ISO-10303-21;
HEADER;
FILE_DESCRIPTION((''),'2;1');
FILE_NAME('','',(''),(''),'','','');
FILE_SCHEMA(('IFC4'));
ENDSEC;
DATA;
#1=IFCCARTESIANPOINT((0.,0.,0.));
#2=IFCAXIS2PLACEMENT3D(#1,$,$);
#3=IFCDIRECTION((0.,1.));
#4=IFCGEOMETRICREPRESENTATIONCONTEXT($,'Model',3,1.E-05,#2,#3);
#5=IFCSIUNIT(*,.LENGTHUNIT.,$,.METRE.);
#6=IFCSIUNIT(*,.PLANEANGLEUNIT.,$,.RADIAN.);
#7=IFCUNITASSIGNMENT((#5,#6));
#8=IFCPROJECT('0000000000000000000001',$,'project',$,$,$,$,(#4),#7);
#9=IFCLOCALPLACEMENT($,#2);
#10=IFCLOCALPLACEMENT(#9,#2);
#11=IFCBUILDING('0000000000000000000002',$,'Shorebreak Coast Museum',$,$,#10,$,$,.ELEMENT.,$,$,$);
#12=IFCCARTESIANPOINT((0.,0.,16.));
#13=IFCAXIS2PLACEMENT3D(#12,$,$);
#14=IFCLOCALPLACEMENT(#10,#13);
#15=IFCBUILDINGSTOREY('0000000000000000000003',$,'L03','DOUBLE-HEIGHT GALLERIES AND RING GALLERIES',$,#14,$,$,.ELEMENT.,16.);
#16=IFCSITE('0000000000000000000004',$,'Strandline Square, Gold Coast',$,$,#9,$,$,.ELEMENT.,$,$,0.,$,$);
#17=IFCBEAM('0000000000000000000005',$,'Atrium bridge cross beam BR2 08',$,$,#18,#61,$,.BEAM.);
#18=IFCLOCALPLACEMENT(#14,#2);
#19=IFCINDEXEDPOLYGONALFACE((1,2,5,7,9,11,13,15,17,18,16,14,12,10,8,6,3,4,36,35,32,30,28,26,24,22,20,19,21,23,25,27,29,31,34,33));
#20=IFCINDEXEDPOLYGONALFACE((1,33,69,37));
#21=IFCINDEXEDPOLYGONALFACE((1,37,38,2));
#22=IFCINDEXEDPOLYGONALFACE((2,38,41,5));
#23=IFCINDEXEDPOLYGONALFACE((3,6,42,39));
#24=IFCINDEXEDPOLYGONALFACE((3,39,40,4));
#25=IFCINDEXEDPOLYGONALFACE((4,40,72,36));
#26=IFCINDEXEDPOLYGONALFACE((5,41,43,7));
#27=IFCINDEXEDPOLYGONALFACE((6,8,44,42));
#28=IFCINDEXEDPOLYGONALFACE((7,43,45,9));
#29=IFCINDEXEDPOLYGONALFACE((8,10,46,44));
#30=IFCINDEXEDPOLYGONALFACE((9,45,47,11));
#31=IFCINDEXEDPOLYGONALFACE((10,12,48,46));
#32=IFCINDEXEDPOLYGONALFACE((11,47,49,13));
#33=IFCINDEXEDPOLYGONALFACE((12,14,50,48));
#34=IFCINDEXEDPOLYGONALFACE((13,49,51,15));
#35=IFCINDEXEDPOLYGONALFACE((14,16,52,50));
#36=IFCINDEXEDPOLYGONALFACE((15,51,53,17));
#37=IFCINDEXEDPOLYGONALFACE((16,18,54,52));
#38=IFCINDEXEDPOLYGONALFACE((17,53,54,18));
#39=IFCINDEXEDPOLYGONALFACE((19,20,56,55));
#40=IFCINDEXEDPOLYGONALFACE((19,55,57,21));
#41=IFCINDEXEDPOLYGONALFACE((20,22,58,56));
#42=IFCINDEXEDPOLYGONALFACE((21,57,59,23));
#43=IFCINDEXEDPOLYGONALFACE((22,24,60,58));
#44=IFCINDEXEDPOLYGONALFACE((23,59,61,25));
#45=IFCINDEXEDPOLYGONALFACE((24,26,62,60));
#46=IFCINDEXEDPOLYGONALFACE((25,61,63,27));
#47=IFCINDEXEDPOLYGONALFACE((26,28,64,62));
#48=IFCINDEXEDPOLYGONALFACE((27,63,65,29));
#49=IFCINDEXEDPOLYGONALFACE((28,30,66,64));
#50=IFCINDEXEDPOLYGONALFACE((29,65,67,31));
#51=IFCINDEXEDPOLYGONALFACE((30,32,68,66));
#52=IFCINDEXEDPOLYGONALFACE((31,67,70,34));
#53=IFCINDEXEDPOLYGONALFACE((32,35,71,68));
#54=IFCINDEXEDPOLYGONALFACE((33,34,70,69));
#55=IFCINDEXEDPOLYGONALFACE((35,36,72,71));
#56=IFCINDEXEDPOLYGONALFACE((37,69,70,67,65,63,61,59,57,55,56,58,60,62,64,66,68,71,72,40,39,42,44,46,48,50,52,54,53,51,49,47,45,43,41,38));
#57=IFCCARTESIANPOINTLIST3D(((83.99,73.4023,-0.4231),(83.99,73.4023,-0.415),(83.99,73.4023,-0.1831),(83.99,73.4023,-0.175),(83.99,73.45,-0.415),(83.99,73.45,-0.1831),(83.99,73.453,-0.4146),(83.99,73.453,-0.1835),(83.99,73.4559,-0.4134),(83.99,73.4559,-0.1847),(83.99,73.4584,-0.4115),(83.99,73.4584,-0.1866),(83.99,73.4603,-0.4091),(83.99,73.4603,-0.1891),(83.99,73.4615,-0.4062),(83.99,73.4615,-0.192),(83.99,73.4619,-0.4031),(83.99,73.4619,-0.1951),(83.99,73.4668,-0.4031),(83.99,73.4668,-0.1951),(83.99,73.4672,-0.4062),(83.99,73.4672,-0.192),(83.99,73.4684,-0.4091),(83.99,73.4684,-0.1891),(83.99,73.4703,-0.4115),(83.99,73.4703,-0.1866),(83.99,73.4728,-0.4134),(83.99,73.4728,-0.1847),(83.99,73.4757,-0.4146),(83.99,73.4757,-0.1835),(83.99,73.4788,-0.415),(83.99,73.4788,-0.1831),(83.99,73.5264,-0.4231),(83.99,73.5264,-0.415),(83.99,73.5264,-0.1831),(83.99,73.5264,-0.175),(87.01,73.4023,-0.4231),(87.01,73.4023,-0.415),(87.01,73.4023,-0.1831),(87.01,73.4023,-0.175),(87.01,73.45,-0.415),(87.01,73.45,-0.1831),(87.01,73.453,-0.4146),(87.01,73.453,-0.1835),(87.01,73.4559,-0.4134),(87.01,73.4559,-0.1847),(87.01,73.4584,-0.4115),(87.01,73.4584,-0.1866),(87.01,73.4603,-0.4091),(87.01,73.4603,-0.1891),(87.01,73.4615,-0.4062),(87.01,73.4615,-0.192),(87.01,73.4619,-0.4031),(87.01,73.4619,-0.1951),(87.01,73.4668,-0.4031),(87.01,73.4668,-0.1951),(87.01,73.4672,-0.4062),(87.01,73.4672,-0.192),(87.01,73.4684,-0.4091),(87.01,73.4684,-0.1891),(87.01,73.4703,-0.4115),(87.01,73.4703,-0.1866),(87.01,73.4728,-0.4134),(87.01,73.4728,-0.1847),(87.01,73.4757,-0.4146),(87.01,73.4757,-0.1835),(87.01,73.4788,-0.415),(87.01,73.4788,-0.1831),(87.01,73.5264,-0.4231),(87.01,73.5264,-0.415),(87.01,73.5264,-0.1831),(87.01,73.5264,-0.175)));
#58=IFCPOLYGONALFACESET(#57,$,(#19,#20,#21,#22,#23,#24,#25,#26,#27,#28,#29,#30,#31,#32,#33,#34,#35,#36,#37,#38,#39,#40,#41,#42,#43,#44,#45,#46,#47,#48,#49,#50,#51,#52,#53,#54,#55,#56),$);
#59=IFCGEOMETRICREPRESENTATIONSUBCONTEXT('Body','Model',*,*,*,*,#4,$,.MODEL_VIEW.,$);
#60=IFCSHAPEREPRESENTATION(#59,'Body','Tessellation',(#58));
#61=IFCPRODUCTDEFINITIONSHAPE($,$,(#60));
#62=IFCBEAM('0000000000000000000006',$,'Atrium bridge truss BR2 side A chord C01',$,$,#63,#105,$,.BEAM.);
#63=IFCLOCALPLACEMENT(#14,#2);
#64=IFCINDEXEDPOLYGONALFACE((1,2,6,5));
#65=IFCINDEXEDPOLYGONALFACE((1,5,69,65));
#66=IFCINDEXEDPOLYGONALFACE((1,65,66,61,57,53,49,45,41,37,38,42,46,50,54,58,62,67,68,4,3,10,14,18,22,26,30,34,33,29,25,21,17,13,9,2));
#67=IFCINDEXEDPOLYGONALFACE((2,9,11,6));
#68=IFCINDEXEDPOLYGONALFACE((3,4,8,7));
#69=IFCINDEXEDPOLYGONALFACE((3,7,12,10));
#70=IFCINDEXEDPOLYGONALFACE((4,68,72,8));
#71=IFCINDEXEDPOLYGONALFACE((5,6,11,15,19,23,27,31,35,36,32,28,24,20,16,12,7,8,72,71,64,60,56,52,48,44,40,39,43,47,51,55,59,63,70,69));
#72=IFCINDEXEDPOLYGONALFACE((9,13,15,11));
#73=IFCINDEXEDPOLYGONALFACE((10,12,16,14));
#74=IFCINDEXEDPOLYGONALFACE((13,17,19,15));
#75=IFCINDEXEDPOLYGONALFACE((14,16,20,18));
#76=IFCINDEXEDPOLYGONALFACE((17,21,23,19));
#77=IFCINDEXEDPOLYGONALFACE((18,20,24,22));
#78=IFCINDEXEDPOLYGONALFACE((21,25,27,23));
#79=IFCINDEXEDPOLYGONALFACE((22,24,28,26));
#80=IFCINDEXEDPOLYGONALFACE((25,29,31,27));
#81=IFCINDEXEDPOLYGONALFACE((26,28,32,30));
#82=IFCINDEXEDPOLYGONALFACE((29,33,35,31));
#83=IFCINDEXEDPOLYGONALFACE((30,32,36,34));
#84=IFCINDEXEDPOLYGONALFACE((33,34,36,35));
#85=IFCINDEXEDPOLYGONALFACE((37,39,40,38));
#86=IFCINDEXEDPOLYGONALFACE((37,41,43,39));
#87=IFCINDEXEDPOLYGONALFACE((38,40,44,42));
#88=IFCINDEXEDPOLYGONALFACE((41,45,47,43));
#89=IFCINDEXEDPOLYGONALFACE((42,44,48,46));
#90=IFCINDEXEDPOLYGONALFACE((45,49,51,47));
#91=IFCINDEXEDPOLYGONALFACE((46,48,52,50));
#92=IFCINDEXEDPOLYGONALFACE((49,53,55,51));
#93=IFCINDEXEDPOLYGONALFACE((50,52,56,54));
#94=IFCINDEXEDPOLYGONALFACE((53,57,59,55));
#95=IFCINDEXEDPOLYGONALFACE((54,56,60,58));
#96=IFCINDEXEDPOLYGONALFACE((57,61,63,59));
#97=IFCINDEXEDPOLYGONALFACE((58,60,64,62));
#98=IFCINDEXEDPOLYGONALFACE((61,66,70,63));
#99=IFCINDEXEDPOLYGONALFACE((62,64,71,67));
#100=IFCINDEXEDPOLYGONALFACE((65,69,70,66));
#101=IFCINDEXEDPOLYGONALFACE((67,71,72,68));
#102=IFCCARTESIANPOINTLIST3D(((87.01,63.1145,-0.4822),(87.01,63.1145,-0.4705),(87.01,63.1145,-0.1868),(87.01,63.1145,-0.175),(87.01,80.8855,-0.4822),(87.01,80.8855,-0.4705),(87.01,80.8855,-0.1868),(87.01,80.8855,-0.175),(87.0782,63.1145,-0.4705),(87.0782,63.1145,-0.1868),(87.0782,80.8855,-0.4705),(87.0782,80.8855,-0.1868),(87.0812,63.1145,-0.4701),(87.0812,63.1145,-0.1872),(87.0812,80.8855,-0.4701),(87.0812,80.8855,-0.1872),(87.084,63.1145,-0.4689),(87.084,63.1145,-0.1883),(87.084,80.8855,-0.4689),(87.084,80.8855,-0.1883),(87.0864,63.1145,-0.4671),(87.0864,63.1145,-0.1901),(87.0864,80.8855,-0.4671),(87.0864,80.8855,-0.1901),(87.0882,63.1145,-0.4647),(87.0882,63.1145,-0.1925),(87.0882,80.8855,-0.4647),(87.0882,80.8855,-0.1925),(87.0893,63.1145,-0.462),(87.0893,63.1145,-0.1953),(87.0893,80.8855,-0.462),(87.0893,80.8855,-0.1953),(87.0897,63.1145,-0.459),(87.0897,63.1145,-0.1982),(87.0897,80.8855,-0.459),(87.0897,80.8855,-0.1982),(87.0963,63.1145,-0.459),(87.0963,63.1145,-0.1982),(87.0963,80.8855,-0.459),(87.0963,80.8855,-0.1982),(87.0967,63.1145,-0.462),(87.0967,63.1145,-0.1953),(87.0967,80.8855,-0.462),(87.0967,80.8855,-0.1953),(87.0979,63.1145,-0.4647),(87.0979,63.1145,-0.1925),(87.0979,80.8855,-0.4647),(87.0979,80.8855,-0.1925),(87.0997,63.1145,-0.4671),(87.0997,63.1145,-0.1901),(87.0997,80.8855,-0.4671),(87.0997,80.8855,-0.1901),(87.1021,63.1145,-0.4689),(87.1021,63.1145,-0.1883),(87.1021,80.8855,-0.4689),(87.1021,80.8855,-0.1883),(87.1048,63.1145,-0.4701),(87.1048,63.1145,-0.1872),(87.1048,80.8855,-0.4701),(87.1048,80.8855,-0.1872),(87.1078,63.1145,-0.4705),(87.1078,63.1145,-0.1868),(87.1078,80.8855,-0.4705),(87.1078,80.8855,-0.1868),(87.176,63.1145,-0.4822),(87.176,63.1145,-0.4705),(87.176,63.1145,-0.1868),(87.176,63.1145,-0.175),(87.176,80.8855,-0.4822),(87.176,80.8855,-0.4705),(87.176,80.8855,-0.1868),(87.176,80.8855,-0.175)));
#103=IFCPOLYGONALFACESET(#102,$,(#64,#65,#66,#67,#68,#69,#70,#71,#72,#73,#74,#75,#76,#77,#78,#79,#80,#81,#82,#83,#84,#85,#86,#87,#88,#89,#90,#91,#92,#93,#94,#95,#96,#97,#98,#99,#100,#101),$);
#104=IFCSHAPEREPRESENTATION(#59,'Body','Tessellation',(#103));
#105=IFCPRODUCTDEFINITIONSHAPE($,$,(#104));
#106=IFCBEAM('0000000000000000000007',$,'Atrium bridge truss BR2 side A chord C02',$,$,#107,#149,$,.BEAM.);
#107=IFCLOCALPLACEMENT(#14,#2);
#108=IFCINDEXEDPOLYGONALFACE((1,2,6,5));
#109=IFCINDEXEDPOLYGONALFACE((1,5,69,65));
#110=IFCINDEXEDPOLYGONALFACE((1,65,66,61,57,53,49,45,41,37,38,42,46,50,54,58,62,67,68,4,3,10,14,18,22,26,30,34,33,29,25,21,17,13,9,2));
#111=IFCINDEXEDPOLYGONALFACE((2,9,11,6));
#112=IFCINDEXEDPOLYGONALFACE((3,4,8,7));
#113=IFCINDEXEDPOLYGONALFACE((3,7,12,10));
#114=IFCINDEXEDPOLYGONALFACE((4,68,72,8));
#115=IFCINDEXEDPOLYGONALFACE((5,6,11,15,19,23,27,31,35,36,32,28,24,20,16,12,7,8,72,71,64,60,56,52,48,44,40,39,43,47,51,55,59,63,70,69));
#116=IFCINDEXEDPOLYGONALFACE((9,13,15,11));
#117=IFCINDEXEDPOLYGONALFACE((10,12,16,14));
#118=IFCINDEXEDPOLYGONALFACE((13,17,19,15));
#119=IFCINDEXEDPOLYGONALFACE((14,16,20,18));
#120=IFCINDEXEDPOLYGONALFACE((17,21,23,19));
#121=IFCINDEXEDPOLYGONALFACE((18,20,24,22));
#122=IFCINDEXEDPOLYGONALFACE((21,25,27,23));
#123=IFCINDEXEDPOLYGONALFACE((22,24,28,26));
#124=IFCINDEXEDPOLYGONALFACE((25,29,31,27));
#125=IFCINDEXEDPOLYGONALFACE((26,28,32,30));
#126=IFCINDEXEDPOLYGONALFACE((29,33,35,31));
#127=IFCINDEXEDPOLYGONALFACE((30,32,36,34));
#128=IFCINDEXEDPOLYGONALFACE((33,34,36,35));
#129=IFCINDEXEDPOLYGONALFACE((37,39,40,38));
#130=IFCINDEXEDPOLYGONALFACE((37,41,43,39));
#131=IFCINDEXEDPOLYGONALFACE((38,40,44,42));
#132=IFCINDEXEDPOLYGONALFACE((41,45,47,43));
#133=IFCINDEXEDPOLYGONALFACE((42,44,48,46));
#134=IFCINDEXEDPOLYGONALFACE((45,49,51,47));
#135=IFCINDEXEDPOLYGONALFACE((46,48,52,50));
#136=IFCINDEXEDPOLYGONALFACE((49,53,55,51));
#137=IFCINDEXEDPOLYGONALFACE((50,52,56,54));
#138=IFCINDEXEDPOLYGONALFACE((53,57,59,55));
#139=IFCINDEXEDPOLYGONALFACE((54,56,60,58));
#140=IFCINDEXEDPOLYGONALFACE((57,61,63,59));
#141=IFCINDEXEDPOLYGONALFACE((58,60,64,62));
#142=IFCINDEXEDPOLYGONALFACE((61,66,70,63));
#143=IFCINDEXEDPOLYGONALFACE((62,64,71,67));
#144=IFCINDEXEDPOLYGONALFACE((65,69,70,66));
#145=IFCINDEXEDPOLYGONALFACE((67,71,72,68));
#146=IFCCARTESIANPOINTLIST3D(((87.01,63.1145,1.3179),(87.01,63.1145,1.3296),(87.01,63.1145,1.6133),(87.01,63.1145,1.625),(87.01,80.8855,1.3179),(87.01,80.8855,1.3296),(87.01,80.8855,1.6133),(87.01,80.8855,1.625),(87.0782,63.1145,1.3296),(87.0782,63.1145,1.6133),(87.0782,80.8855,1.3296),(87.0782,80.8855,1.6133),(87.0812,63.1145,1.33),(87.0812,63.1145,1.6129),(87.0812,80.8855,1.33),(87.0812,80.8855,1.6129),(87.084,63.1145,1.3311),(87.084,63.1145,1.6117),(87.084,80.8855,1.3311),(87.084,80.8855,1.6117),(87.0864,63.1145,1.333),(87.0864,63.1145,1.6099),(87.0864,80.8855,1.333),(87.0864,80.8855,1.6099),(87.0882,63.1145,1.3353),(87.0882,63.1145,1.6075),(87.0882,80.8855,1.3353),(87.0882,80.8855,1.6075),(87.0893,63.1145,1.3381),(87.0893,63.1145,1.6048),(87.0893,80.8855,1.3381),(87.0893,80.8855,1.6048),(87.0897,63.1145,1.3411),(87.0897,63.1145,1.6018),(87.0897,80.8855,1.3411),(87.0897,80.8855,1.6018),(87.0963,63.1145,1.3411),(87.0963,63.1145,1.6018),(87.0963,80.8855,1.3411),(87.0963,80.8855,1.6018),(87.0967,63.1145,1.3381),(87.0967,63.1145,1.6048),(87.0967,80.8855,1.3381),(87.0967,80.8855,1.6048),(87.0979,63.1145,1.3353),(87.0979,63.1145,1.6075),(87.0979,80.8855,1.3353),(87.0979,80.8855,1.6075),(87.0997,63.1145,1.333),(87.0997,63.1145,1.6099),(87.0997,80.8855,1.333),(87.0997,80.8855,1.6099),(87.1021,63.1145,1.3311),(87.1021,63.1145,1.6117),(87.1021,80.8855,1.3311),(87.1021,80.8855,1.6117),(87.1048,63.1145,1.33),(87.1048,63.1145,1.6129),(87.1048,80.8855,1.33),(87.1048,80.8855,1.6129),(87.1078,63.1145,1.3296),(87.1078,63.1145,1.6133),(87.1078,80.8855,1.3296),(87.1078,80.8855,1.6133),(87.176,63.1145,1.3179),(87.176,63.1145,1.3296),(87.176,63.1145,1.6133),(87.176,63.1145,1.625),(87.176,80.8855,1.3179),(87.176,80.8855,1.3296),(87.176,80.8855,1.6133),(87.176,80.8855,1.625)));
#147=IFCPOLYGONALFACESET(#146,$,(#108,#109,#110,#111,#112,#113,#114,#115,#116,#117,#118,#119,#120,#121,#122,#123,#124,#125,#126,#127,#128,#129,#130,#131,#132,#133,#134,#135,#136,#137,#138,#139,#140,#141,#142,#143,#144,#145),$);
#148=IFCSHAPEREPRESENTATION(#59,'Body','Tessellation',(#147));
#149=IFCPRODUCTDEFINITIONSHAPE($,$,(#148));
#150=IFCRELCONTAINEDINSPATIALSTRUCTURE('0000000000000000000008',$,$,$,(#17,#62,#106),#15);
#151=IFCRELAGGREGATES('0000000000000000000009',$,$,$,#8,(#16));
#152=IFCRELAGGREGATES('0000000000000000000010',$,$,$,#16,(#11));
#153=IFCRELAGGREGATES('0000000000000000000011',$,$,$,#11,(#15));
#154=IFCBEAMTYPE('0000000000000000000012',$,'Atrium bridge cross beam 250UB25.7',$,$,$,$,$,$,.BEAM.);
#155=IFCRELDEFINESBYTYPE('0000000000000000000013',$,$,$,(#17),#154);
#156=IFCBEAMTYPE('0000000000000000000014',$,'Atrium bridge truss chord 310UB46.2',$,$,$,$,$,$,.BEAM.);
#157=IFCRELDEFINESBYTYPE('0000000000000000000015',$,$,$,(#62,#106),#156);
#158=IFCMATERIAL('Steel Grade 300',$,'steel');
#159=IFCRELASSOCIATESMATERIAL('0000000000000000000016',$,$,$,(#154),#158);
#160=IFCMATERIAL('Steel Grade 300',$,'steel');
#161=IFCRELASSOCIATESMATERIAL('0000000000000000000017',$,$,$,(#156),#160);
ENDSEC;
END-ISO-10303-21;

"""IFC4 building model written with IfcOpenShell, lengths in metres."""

from ifc_helpers import new_model, si_unit, direction, frame, origin, origin_2d, place, context, subcontext, project, spatial, i_section, extrude, material, material_profile, profile_set, type_object, element, save


model = new_model("IFC4")

# Units and contexts
model_context = context("Model", 3, precision=1e-05, world=origin(), true_north=direction((0.0, 1.0)))
body_context = subcontext(model_context, "Body", "Model", "MODEL_VIEW")
ifc_project = project(units=[si_unit("LENGTHUNIT", "METRE"), si_unit("PLANEANGLEUNIT", "RADIAN")], contexts=[model_context])

# Site, building, storey
site_placement = place(None, origin())
site = spatial("IfcSite", under=ifc_project, at=site_placement, Name="Strandline Square, Gold Coast", CompositionType="ELEMENT", RefElevation=0.0)
building_placement = place(site_placement, origin())
building = spatial("IfcBuilding", under=site, at=building_placement, Name="Shorebreak Coast Museum", CompositionType="ELEMENT")
storey_placement = place(building_placement, frame((0.0, 0.0, 16.0)))
storey = spatial("IfcBuildingStorey", under=building, at=storey_placement, Name="L03", Description="DOUBLE-HEIGHT GALLERIES AND RING GALLERIES", CompositionType="ELEMENT", Elevation=16.0)

# Beams
ifc_material_1 = material(Name="Steel Grade 300", Category="steel")
ifc_material_profile_1 = material_profile(ifc_material_1, i_section(OverallWidth=0.124, OverallDepth=0.248, WebThickness=0.0049, FlangeThickness=0.0081, FilletRadius=0.012, at=origin_2d()), Name="250UB25.7")
ifc_profile_set_1 = profile_set([ifc_material_profile_1], Name="Steel Grade 300")
beam_type_1 = type_object("IfcBeamType", Name="Atrium bridge cross beam 250UB25.7", PredefinedType="BEAM", material=ifc_profile_set_1)
for number, where, z_axis, x_axis, name in (
    (1, (87.01, 73.4644, -0.2991), (-1.0, 0.0, 0.0), (0.0, -1.0, 0.0), "Atrium bridge cross beam BR2 08"),
):
    element("IfcBeam", number, at=place(storey_placement, frame(where, z_axis=z_axis, x_axis=x_axis)), inside=storey, type_object=beam_type_1, Name=name, PredefinedType="BEAM", context=body_context, shape_type="SweptSolid", body=[
        extrude(i_section(OverallWidth=0.124, OverallDepth=0.248, WebThickness=0.0049, FlangeThickness=0.0081, FilletRadius=0.012, at=origin_2d()), origin(), (0.0, 0.0, 1.0), 3.02),
    ])
ifc_material_2 = material(Name="Steel Grade 300", Category="steel")
ifc_material_profile_2 = material_profile(ifc_material_2, i_section(OverallWidth=0.166, OverallDepth=0.3071, WebThickness=0.0066, FlangeThickness=0.0117, FilletRadius=0.0115, at=origin_2d()), Name="310UB46.2")
ifc_profile_set_2 = profile_set([ifc_material_profile_2], Name="Steel Grade 300")
beam_type_2 = type_object("IfcBeamType", Name="Atrium bridge truss chord 310UB46.2", PredefinedType="BEAM", material=ifc_profile_set_2)
for number, where, z_axis, x_axis, name in (
    (2, (87.093, 63.1145, -0.3286), (0.0, 1.0, 0.0), (-1.0, 0.0, 0.0), "Atrium bridge truss BR2 side A chord C01"),
    (3, (87.093, 63.1145, 1.4714), (0.0, 1.0, 0.0), (-1.0, 0.0, 0.0), "Atrium bridge truss BR2 side A chord C02"),
):
    element("IfcBeam", number, at=place(storey_placement, frame(where, z_axis=z_axis, x_axis=x_axis)), inside=storey, type_object=beam_type_2, Name=name, PredefinedType="BEAM", context=body_context, shape_type="SweptSolid", body=[
        extrude(i_section(OverallWidth=0.166, OverallDepth=0.3071, WebThickness=0.0066, FlangeThickness=0.0117, FilletRadius=0.0115, at=origin_2d()), origin(), (0.0, 0.0, 1.0), 17.771),
    ])

save(model, "model.ifc")
